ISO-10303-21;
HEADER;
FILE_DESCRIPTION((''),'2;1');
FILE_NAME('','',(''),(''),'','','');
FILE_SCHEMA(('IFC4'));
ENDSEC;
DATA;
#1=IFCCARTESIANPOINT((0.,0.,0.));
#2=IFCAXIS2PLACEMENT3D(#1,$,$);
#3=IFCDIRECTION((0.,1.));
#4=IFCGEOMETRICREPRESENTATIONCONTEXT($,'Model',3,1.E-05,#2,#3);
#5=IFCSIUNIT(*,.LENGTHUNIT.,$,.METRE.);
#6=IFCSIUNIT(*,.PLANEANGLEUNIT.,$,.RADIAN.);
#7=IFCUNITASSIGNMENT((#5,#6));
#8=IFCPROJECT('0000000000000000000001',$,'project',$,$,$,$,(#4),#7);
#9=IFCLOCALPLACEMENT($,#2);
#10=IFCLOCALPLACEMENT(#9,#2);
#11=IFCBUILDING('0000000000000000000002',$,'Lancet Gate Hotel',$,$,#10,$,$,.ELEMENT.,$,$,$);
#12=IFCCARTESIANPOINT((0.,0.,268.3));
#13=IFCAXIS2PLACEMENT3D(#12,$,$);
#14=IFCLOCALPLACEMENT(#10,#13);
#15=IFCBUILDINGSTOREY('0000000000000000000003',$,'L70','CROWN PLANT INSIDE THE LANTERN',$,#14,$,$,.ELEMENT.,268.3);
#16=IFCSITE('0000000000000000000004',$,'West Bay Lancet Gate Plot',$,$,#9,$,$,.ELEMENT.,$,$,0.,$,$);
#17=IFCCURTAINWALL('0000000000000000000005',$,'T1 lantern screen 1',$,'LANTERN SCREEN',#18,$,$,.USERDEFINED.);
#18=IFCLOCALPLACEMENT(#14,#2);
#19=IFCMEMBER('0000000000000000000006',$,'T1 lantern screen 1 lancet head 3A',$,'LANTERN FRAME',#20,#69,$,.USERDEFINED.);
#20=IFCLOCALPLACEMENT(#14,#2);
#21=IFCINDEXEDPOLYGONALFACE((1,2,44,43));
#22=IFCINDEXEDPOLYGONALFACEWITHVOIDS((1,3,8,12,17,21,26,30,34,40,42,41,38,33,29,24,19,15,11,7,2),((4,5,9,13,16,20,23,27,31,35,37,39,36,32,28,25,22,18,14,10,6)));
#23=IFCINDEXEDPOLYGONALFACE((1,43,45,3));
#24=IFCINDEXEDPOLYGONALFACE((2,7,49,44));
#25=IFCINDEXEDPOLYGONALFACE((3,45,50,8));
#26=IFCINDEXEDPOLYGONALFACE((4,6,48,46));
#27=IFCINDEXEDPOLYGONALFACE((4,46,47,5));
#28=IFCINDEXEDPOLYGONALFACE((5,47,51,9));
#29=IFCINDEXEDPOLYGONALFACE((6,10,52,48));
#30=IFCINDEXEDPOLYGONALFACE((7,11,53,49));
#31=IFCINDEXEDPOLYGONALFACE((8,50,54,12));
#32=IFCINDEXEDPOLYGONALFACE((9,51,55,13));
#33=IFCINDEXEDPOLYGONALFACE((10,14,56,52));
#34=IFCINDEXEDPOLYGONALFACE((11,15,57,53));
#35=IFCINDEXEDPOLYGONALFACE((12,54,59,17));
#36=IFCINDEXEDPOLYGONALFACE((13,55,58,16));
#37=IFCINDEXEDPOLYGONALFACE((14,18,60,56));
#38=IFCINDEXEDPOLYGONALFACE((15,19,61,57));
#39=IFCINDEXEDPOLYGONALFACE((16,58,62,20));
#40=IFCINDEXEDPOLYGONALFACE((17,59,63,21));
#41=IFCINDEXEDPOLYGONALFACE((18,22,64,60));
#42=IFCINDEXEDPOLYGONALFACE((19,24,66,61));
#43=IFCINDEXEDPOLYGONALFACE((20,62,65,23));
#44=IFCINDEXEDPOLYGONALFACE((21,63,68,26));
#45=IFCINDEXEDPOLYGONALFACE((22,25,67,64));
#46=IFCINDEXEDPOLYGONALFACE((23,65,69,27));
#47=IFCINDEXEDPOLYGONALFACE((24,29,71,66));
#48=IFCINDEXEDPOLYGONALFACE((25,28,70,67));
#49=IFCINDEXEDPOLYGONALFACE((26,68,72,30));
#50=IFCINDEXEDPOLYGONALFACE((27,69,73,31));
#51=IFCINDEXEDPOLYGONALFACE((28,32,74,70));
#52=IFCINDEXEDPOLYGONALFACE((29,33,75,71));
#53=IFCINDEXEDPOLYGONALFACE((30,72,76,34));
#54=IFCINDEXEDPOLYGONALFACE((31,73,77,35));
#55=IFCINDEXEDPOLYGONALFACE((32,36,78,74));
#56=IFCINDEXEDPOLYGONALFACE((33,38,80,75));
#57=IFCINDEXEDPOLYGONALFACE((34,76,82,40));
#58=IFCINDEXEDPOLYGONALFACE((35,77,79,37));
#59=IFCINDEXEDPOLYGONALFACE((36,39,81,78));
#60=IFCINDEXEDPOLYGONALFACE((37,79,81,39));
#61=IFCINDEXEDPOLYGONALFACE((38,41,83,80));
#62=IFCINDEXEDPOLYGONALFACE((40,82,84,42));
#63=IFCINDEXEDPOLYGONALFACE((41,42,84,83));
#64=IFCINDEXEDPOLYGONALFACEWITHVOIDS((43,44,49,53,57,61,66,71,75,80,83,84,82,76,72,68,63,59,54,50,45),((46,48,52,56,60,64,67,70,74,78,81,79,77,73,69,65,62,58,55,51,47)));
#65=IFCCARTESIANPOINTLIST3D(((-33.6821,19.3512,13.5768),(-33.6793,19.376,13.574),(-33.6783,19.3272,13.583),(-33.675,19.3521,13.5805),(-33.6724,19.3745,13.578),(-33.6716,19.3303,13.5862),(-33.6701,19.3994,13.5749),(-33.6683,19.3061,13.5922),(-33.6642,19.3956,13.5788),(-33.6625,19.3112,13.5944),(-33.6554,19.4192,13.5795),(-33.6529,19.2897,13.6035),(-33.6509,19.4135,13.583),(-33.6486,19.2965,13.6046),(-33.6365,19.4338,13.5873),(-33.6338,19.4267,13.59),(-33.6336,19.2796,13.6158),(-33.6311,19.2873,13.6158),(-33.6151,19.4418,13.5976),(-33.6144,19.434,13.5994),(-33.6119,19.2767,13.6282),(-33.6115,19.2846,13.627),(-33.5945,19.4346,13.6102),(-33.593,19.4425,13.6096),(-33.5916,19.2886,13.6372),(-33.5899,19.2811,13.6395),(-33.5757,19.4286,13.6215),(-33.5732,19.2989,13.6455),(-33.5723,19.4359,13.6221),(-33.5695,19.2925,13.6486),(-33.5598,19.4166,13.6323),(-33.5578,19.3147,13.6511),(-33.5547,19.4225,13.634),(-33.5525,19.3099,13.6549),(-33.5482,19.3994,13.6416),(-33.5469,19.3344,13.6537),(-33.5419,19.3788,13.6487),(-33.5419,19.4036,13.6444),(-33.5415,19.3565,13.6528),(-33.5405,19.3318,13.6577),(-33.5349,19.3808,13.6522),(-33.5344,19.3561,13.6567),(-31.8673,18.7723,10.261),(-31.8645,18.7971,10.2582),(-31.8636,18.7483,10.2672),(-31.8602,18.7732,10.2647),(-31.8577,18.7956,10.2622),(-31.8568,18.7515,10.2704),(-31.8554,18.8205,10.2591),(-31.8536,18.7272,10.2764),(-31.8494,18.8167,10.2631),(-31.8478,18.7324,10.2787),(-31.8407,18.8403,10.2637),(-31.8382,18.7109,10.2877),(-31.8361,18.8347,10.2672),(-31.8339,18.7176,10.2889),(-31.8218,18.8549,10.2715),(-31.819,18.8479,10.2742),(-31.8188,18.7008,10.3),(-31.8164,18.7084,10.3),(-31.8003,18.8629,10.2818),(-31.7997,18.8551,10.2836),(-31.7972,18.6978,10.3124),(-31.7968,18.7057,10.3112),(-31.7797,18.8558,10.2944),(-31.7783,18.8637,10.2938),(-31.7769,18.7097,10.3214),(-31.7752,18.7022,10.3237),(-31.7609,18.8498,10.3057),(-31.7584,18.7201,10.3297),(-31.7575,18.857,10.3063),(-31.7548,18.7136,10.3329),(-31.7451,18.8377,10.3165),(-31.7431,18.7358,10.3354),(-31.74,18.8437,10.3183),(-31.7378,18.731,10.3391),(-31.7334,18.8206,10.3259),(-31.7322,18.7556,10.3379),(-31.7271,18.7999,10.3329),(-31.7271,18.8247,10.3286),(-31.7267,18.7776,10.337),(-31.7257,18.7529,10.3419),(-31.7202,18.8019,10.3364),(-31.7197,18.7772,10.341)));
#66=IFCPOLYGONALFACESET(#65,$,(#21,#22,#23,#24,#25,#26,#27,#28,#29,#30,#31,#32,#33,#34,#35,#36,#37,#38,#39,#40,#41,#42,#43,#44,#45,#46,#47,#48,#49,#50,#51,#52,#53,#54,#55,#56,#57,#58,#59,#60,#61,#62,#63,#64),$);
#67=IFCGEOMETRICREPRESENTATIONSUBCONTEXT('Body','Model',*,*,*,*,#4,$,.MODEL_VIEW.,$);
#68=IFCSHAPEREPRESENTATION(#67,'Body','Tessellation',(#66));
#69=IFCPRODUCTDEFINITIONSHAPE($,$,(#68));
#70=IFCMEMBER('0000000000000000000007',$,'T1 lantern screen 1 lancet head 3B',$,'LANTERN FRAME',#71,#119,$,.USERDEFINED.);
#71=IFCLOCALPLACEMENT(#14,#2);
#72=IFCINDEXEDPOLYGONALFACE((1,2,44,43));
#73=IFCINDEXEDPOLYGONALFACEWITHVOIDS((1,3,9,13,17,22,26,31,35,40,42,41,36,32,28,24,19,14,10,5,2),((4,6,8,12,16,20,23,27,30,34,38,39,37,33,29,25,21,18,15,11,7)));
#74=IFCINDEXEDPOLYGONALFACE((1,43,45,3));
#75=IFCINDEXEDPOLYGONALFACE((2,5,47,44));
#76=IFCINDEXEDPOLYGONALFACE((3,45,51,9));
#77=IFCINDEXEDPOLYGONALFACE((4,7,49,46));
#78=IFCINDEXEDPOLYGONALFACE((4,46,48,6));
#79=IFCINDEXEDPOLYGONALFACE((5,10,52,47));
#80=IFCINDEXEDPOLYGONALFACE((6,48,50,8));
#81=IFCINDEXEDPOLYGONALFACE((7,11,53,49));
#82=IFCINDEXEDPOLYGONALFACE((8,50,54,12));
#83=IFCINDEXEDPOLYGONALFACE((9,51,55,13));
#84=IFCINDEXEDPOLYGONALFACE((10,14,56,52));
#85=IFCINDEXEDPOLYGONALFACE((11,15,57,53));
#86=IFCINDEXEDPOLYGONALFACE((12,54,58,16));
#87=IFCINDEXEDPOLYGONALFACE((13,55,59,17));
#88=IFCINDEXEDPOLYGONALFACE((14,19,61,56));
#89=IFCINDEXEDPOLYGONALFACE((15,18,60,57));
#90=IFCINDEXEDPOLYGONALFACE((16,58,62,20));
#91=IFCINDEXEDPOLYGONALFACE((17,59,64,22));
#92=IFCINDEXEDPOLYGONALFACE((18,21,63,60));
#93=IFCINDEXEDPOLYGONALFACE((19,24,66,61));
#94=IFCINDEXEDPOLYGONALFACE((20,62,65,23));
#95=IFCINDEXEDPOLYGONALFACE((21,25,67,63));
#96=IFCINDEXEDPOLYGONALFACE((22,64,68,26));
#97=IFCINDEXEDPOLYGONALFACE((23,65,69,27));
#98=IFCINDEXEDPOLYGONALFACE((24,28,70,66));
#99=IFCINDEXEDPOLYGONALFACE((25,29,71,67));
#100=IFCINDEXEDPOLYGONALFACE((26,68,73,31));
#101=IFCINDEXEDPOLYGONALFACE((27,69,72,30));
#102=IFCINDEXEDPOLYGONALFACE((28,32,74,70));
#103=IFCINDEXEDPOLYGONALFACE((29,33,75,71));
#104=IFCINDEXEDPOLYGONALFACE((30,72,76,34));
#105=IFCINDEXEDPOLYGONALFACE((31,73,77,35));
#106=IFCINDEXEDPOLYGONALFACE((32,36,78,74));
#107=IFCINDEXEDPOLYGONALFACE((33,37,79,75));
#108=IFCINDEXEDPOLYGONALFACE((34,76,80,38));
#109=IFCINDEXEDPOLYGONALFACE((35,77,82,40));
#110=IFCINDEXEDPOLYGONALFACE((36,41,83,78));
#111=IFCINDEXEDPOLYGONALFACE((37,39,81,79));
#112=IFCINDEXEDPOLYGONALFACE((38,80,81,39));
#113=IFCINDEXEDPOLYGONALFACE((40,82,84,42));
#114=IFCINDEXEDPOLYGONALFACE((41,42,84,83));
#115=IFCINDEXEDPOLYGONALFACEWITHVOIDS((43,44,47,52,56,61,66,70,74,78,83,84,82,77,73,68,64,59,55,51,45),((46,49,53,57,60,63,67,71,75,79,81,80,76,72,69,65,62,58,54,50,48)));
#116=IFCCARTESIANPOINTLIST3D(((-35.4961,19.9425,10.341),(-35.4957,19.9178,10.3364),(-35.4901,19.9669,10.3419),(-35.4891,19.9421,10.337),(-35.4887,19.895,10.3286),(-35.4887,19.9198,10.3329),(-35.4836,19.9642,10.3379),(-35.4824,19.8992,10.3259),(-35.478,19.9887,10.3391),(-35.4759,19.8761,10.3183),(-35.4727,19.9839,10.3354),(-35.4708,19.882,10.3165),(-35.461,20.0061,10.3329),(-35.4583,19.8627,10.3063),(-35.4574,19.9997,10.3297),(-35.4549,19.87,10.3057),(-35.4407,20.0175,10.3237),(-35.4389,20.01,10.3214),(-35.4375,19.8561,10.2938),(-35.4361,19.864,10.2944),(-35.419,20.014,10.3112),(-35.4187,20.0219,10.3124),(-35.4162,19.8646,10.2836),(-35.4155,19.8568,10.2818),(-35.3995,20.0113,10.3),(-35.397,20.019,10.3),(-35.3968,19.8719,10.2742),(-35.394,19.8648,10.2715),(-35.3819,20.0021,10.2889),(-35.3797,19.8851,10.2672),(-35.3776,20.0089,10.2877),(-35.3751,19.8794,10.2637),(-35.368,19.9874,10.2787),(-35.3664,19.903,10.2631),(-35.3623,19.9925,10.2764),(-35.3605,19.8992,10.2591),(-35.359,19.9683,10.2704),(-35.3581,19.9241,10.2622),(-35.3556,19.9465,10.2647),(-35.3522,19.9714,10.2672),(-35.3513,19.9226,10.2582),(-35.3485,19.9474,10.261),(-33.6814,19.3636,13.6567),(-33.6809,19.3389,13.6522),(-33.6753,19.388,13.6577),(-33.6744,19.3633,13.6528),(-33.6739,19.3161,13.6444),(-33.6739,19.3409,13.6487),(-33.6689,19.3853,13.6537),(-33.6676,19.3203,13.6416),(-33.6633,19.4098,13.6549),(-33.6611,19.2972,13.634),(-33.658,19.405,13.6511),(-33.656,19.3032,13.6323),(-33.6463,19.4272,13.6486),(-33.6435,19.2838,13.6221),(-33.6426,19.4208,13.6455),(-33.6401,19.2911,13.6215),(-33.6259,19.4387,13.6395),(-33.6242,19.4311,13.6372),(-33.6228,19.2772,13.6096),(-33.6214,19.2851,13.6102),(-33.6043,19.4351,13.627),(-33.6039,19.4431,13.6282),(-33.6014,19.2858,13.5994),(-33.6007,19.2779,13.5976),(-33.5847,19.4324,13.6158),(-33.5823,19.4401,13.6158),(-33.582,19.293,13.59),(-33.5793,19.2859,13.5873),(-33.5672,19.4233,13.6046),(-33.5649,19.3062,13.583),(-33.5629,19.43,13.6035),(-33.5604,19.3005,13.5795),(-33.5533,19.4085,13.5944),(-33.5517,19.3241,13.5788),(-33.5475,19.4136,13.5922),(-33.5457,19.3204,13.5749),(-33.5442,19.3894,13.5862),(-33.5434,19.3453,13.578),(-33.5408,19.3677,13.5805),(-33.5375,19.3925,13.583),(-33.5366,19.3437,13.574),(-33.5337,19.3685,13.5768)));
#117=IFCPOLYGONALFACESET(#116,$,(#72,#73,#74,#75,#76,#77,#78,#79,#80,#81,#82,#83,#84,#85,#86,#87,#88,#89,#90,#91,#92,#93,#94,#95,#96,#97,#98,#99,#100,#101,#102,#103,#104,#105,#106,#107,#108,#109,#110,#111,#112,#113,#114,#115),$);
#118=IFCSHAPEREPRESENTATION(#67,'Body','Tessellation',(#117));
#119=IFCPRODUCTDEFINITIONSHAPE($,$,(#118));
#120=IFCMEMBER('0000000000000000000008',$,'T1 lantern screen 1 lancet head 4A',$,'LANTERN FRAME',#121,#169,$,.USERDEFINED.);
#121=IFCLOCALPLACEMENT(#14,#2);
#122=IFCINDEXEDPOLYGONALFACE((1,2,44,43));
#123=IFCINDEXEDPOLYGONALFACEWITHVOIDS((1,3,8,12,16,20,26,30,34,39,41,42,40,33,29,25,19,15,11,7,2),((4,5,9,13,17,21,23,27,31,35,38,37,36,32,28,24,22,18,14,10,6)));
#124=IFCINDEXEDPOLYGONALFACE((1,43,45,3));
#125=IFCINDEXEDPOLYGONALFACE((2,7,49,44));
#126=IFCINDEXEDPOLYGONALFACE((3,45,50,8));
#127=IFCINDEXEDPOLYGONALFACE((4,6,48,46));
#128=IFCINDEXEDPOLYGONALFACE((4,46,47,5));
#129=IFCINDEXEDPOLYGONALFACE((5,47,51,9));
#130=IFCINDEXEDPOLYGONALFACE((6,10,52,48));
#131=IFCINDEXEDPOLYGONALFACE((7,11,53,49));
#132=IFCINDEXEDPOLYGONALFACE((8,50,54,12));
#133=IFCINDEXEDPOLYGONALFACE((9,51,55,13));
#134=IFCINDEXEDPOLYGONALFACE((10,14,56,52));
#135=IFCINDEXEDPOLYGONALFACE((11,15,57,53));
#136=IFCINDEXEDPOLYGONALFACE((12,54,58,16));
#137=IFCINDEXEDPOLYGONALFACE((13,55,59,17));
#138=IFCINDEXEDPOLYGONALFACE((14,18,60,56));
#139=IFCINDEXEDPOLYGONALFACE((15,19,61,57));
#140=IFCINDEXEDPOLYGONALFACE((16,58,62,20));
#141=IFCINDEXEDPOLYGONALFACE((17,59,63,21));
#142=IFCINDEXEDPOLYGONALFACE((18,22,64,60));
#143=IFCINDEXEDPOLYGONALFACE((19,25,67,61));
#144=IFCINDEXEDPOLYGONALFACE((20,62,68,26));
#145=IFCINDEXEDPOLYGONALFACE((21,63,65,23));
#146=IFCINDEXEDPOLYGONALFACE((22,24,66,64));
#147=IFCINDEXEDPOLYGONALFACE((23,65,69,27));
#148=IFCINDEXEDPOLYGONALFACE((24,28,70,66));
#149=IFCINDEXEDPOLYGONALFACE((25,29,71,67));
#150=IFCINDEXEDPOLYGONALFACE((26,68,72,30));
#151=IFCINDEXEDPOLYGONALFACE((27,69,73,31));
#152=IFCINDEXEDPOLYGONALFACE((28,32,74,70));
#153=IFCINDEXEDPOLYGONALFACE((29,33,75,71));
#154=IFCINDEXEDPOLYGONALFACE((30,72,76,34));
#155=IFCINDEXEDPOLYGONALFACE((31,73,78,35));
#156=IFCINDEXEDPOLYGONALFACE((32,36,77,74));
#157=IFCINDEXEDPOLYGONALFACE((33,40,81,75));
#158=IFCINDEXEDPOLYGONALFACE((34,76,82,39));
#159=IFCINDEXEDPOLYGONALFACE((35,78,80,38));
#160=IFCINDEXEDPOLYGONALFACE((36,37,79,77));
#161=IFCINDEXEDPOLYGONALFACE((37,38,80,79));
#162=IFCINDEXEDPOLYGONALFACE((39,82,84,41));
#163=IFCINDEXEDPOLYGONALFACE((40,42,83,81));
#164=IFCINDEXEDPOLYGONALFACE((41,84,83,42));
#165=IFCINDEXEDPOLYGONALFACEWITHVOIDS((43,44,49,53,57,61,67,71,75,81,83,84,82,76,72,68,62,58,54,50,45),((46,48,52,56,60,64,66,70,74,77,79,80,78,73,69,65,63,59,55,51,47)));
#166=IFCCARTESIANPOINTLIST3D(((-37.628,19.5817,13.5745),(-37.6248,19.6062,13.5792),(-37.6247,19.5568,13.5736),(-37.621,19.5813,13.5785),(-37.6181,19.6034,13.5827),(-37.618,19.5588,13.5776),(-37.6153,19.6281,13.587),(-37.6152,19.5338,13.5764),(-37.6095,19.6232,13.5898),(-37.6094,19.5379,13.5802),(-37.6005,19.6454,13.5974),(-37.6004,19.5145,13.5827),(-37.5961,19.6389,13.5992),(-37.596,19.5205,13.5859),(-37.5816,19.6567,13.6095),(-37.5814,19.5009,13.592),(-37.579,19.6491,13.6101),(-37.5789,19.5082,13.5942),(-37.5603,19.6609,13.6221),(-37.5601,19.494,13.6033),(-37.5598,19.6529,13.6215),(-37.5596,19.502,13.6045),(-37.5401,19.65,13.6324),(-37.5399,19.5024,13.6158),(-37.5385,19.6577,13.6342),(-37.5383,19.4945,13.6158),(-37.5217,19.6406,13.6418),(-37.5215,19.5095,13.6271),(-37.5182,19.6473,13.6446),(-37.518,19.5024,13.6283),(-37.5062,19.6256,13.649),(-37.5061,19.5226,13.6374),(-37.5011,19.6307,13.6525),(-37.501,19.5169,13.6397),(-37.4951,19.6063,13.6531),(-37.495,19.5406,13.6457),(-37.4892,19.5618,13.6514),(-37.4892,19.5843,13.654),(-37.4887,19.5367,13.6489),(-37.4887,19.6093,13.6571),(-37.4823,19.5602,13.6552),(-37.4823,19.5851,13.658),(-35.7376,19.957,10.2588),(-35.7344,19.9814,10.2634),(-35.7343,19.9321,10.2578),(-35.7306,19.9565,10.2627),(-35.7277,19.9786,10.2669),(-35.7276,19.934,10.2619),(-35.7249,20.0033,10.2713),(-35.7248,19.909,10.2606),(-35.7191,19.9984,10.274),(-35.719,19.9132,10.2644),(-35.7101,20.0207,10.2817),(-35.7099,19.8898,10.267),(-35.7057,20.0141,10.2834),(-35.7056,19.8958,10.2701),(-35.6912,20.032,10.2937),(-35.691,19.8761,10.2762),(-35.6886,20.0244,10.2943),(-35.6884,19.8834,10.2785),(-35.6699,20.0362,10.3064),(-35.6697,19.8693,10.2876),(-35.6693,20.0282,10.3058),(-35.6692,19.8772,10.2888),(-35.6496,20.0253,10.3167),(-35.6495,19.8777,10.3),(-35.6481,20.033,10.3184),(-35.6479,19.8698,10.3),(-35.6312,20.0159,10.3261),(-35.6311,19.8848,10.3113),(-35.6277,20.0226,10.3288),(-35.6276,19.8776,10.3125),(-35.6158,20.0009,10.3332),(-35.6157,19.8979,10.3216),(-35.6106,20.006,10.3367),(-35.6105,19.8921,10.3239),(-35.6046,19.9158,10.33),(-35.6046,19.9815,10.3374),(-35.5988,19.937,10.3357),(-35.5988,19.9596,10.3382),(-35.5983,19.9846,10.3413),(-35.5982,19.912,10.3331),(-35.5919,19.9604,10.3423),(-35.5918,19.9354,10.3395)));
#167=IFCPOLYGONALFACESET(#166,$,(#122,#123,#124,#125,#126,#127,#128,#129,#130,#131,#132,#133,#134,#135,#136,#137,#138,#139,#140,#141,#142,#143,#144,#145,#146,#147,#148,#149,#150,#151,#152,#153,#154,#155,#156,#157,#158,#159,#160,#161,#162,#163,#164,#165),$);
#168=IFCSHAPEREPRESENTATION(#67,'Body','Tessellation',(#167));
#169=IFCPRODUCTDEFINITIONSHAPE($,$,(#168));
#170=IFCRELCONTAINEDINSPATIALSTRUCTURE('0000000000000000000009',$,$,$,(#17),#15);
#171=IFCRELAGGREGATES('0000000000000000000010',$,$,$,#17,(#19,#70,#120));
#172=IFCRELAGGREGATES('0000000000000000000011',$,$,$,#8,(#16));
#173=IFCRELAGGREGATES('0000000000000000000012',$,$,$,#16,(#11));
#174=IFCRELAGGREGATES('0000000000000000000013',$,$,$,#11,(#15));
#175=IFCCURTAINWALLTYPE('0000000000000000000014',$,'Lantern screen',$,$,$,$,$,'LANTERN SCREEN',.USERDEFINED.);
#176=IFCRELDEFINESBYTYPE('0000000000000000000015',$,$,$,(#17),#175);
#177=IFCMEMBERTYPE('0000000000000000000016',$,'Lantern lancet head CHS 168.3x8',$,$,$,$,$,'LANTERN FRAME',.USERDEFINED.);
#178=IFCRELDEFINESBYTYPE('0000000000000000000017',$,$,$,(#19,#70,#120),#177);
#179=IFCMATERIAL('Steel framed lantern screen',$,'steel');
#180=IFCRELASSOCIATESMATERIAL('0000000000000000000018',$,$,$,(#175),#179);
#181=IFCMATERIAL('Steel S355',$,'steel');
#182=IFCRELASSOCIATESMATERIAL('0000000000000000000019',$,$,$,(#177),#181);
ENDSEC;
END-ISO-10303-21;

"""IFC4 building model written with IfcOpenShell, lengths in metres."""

from ifc_helpers import new_model, si_unit, direction, frame, origin, origin_2d, place, context, subcontext, project, spatial, hollow_circle, extrude, material, material_profile, profile_set, type_object, element, aggregate, save


model = new_model("IFC4")

# Units and contexts
model_context = context("Model", 3, precision=1e-05, world=origin(), true_north=direction((0.0, 1.0)))
body_context = subcontext(model_context, "Body", "Model", "MODEL_VIEW")
ifc_project = project(units=[si_unit("LENGTHUNIT", "METRE"), si_unit("PLANEANGLEUNIT", "RADIAN")], contexts=[model_context])

# Site, building, storey
site_placement = place(None, origin())
site = spatial("IfcSite", under=ifc_project, at=site_placement, Name="West Bay Lancet Gate Plot", CompositionType="ELEMENT", RefElevation=0.0)
building_placement = place(site_placement, origin())
building = spatial("IfcBuilding", under=site, at=building_placement, Name="Lancet Gate Hotel", CompositionType="ELEMENT")
storey_placement = place(building_placement, frame((0.0, 0.0, 268.3)))
storey = spatial("IfcBuildingStorey", under=building, at=storey_placement, Name="L70", Description="CROWN PLANT INSIDE THE LANTERN", CompositionType="ELEMENT", Elevation=268.3)

# Curtain wall, members
ifc_material_1 = material(Name="Steel framed lantern screen", Category="steel")
curtain_wall_type_1 = type_object("IfcCurtainWallType", Name="Lantern screen", ElementType="LANTERN SCREEN", PredefinedType="USERDEFINED", material=ifc_material_1)
curtain_wall_1_placement = place(storey_placement, origin())
curtain_wall_1 = element("IfcCurtainWall", 1, at=curtain_wall_1_placement, inside=storey, type_object=curtain_wall_type_1, Name="T1 lantern screen 1", ObjectType="LANTERN SCREEN", PredefinedType="USERDEFINED")
ifc_material_2 = material(Name="Steel S355", Category="steel")
ifc_material_profile_1 = material_profile(ifc_material_2, hollow_circle(Radius=0.0842, WallThickness=0.0081, at=origin_2d()), Name="CHS 168.3x8.0")
ifc_profile_set_1 = profile_set([ifc_material_profile_1], Name="Steel S355")
member_type_1 = type_object("IfcMemberType", Name="Lantern lancet head CHS 168.3x8", ElementType="LANTERN FRAME", PredefinedType="USERDEFINED", material=ifc_profile_set_1)
member_1_placement = place(storey_placement, frame((-31.7932, 18.781, 10.3), z_axis=(-0.474572, 0.15138, 0.867102), x_axis=(-0.303897, -0.952705, 0.0)))
member_1 = element("IfcMember", 2, at=member_1_placement, type_object=member_type_1, Name="T1 lantern screen 1 lancet head 3A", ObjectType="LANTERN FRAME", PredefinedType="USERDEFINED", context=body_context, shape_type="SweptSolid", body=[
    extrude(hollow_circle(Radius=0.0842, WallThickness=0.0081, at=origin_2d()), origin(), (0.0, 0.0, 1.0), 3.824),
])
member_2_placement = place(storey_placement, frame((-35.4226, 19.9387, 10.3), z_axis=(0.474572, -0.15138, 0.867102), x_axis=(0.303897, 0.952705, 0.0)))
member_2 = element("IfcMember", 3, at=member_2_placement, type_object=member_type_1, Name="T1 lantern screen 1 lancet head 3B", ObjectType="LANTERN FRAME", PredefinedType="USERDEFINED", context=body_context, shape_type="SweptSolid", body=[
    extrude(hollow_circle(Radius=0.0842, WallThickness=0.0081, at=origin_2d()), origin(), (0.0, 0.0, 1.0), 3.824),
])
member_3_placement = place(storey_placement, frame((-35.6643, 19.9524, 10.3), z_axis=(-0.492915, -0.097845, 0.864559), x_axis=(0.194703, -0.980862, 0.0)))
member_3 = element("IfcMember", 4, at=member_3_placement, type_object=member_type_1, Name="T1 lantern screen 1 lancet head 4A", ObjectType="LANTERN FRAME", PredefinedType="USERDEFINED", context=body_context, shape_type="SweptSolid", body=[
    extrude(hollow_circle(Radius=0.0842, WallThickness=0.0081, at=origin_2d()), origin(), (0.0, 0.0, 1.0), 3.8352),
])

aggregate(curtain_wall_1, [member_1, member_2, member_3])

save(model, "model.ifc")
